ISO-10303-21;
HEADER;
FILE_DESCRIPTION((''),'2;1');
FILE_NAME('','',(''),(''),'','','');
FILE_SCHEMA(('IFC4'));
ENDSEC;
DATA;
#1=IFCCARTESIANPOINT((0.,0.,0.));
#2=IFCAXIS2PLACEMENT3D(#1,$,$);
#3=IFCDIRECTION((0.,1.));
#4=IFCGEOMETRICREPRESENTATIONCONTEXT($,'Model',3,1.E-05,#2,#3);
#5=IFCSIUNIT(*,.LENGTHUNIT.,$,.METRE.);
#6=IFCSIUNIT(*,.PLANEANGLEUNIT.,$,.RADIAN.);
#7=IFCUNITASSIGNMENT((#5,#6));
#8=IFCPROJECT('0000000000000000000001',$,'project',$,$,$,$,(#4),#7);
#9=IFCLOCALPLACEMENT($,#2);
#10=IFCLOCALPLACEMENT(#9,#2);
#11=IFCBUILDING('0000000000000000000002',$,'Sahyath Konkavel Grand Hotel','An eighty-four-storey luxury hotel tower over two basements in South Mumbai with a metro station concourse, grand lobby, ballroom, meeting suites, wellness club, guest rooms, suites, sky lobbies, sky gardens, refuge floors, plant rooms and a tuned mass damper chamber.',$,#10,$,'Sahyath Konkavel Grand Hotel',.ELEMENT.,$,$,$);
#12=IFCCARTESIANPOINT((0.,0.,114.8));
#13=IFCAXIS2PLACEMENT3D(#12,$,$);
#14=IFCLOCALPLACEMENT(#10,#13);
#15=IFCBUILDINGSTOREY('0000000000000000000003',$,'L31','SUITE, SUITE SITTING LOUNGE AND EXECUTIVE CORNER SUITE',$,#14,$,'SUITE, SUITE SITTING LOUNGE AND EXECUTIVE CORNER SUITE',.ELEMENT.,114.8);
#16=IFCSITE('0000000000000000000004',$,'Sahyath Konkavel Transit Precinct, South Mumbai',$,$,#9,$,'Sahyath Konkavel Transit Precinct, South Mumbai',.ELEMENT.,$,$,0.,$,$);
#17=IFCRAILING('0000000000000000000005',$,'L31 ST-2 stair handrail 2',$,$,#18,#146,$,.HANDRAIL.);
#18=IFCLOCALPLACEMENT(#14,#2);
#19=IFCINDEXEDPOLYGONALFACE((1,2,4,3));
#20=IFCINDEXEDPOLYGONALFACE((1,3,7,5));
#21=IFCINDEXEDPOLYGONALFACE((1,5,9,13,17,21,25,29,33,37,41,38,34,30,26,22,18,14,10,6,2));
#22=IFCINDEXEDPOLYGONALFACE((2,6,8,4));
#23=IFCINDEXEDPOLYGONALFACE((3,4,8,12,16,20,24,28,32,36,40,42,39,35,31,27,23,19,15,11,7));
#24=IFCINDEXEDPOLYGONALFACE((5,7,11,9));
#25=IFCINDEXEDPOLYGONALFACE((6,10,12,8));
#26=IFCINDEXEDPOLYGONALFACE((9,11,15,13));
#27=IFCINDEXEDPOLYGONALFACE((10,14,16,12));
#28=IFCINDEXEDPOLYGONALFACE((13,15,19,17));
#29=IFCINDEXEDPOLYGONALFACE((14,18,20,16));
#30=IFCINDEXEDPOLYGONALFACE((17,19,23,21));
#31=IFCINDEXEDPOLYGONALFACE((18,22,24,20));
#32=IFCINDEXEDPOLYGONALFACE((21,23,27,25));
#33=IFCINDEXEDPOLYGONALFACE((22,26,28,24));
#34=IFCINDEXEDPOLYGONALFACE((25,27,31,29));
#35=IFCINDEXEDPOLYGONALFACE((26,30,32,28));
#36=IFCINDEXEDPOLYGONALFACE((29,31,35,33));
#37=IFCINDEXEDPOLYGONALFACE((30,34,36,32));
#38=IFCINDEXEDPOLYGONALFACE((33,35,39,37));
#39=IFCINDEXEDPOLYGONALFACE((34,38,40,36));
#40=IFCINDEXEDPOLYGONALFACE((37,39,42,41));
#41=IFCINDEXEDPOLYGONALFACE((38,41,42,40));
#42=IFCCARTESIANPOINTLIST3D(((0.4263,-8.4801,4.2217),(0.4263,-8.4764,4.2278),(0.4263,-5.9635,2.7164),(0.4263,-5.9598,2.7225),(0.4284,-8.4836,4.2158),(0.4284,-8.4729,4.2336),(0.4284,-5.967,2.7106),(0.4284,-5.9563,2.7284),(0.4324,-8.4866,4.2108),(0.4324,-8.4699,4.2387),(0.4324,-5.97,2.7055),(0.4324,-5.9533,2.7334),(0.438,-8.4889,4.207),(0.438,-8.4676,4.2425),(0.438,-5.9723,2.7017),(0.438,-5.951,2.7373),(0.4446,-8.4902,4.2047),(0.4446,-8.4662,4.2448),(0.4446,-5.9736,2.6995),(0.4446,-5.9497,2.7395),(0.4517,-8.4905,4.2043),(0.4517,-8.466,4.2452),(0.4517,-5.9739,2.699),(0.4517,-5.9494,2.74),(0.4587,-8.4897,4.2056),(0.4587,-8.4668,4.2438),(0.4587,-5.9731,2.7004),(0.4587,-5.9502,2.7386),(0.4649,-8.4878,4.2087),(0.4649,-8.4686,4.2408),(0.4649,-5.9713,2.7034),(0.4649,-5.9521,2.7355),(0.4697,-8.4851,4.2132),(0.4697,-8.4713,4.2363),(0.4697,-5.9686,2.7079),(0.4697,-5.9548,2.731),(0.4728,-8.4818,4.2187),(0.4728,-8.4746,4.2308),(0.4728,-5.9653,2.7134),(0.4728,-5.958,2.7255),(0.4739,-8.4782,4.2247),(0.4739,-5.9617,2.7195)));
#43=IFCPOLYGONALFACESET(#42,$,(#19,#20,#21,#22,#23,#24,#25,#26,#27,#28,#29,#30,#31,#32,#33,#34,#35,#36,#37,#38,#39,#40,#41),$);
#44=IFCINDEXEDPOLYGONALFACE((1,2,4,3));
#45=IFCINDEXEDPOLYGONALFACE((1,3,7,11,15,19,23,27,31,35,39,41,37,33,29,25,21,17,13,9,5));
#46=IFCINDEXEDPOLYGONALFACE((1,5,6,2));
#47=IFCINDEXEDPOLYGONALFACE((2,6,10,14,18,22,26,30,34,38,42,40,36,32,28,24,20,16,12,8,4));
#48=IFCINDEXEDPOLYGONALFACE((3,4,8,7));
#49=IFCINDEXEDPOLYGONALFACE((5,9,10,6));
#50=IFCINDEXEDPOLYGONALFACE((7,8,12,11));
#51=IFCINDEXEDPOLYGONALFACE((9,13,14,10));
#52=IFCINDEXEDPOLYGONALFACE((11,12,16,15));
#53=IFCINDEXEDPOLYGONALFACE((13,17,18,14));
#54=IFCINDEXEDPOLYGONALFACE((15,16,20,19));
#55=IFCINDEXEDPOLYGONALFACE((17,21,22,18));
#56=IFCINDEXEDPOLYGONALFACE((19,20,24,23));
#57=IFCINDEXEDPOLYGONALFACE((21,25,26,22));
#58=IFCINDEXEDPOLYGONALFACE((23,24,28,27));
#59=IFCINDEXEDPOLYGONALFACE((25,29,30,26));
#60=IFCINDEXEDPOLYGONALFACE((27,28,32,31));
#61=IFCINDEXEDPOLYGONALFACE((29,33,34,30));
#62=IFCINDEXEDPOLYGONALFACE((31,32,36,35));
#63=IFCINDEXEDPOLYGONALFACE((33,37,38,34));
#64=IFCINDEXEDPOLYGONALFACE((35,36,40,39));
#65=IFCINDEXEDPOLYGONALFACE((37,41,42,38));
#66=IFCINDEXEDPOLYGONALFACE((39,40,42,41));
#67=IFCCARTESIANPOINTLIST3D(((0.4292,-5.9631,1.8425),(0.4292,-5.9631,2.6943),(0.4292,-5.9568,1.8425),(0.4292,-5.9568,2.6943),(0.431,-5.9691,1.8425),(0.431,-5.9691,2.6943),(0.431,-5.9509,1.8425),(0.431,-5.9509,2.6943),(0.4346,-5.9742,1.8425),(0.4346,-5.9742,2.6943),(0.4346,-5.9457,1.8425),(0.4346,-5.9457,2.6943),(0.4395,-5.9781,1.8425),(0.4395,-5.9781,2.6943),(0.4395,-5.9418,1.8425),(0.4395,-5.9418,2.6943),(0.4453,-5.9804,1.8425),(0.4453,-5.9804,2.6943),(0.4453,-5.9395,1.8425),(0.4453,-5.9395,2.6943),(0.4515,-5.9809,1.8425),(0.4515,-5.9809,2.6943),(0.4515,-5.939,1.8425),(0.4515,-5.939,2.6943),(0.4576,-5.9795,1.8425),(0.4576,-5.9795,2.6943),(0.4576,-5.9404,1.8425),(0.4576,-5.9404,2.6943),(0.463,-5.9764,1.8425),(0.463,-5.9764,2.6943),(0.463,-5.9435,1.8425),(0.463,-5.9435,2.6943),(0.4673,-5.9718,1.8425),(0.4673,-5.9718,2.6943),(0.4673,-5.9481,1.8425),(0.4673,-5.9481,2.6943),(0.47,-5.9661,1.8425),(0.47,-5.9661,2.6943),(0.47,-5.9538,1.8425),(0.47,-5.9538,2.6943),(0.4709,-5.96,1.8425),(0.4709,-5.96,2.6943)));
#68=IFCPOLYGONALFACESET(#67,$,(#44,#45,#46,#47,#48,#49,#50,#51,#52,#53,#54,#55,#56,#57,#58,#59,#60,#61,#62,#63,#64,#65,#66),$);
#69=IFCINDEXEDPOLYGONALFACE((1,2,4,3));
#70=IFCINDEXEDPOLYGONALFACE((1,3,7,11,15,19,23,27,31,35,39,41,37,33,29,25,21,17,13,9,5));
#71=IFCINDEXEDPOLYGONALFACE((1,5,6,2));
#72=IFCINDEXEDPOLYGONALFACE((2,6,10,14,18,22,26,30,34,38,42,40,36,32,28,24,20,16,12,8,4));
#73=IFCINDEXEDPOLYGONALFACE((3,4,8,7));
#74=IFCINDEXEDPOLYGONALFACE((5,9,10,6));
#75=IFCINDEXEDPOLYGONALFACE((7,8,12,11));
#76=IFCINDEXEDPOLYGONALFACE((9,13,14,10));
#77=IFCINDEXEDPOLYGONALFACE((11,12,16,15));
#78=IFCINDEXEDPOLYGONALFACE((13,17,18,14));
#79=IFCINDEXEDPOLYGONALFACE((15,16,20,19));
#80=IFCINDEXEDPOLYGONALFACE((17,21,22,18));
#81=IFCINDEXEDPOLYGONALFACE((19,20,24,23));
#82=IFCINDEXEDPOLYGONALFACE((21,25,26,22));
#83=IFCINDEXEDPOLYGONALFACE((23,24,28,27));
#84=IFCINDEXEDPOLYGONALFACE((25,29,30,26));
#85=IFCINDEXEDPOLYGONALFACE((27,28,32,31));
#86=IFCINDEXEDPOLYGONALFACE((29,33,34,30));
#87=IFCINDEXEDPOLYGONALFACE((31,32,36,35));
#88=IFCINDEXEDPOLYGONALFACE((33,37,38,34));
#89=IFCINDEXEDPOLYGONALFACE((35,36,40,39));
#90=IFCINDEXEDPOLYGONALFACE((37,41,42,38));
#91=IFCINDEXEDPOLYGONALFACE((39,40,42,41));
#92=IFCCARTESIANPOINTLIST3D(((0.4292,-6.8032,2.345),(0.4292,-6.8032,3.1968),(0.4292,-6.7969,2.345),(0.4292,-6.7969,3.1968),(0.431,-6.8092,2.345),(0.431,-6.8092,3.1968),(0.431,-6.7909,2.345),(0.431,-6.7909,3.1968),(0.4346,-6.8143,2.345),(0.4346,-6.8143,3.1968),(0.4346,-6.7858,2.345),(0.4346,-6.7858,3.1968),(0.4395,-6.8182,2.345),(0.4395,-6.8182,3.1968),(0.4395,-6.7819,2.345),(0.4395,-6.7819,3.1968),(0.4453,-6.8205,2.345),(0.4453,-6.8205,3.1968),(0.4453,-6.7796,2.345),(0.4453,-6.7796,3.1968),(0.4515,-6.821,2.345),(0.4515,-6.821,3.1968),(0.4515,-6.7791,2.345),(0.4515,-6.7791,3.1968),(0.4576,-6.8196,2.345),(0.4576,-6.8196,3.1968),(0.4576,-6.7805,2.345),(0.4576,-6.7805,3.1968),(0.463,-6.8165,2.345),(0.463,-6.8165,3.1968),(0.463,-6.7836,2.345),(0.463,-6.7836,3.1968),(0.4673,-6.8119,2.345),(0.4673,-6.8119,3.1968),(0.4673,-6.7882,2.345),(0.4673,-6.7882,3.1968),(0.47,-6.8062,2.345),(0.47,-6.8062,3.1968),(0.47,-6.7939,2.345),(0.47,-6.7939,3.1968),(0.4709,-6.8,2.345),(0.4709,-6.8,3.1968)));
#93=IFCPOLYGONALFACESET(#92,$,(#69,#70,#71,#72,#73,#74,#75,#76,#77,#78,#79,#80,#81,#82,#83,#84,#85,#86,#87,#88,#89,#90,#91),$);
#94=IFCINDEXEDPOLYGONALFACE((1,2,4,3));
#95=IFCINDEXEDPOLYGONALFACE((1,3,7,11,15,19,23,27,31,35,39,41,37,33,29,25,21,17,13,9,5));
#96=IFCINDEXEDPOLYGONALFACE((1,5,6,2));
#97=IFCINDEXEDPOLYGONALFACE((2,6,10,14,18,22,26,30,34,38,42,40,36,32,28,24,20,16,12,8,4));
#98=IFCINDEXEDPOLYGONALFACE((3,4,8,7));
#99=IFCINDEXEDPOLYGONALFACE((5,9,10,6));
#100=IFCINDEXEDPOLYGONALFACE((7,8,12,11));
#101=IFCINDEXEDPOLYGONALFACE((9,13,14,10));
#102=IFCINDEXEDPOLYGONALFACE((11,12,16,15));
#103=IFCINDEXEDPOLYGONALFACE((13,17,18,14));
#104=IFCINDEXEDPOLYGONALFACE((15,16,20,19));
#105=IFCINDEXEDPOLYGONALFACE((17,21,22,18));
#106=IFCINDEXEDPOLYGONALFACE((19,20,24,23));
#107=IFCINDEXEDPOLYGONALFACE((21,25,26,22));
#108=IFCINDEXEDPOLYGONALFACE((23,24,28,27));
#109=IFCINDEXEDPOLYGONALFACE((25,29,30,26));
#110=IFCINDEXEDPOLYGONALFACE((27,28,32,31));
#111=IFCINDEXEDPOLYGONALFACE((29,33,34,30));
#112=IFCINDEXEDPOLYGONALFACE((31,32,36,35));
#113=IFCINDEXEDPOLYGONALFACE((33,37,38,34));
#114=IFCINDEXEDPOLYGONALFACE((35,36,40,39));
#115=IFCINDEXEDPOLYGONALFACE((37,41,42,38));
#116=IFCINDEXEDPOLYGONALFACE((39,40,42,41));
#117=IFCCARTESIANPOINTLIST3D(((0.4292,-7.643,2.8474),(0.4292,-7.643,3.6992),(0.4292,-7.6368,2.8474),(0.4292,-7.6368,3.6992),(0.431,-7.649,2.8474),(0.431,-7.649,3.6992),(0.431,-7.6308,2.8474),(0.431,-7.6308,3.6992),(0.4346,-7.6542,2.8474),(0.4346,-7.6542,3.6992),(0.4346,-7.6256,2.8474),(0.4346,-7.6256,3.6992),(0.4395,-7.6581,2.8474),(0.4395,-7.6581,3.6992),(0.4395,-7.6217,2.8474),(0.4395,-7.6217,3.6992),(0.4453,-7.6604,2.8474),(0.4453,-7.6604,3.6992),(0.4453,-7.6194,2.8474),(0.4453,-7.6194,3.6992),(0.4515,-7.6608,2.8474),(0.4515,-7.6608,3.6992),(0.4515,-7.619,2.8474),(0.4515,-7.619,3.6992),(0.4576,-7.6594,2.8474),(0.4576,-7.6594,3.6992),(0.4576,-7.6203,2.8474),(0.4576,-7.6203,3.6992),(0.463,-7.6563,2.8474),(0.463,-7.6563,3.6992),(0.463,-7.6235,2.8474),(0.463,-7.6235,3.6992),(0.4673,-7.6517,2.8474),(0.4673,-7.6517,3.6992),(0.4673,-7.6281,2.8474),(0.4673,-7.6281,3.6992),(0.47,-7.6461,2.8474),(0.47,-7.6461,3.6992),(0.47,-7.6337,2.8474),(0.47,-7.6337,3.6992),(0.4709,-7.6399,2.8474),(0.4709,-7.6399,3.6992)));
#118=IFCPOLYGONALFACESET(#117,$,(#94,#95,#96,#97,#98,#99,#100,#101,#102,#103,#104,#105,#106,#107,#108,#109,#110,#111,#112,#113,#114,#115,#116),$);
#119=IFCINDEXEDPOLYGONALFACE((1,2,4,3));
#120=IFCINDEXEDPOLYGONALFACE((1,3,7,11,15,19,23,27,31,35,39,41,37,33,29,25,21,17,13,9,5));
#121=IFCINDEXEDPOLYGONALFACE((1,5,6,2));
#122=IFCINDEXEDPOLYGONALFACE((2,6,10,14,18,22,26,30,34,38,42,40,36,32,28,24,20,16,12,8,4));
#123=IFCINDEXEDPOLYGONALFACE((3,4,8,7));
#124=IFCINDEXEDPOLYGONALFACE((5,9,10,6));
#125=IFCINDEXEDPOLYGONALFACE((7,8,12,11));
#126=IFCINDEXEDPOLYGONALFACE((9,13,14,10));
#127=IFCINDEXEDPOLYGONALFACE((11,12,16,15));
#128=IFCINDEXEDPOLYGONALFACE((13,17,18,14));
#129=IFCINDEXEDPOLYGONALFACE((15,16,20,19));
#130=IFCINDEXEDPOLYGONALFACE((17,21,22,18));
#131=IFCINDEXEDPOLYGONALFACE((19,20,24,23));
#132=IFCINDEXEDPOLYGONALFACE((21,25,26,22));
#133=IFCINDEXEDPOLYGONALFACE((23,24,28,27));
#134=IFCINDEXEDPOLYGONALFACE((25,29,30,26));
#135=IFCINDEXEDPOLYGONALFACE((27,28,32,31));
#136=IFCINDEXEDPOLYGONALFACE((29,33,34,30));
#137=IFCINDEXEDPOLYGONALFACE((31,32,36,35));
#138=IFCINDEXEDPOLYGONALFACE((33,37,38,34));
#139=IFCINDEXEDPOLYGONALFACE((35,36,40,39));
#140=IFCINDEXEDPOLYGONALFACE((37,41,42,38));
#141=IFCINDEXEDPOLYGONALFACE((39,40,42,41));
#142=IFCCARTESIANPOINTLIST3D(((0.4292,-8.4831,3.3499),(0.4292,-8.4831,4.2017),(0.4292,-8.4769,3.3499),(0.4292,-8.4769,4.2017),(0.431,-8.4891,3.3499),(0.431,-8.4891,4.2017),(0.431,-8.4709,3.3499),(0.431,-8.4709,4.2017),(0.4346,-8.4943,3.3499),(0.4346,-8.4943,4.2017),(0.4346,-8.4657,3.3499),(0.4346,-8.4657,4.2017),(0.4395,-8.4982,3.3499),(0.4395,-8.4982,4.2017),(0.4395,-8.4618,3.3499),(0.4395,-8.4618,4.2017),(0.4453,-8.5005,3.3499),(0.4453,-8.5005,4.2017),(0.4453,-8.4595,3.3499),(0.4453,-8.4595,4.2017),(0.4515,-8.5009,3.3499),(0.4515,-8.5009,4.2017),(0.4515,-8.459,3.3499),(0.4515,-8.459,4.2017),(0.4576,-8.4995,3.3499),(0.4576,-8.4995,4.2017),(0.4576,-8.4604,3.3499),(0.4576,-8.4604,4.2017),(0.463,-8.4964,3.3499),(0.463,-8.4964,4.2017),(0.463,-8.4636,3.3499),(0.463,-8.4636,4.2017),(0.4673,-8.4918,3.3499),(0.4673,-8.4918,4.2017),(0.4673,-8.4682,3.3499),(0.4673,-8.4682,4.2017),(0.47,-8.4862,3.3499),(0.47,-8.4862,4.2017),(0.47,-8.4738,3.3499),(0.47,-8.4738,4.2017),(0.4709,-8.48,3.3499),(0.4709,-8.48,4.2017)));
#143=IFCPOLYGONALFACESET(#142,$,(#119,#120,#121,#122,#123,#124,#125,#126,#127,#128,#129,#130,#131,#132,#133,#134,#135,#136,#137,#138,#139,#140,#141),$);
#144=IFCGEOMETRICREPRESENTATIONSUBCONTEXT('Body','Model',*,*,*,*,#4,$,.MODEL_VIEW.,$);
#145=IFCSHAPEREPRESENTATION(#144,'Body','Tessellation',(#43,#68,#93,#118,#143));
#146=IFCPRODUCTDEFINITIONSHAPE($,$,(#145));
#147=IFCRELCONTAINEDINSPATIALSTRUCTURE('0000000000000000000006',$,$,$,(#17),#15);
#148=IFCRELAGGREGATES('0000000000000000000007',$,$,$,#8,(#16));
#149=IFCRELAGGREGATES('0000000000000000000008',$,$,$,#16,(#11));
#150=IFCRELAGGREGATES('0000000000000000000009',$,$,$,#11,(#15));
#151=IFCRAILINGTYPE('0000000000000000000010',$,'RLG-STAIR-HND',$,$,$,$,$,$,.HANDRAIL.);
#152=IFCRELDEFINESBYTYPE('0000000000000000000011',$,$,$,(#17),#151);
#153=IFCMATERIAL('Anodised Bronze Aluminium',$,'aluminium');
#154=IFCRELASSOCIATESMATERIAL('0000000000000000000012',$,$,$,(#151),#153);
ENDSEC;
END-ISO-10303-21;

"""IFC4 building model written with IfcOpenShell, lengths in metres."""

from ifc_helpers import new_model, si_unit, direction, frame, origin, origin_2d, place, context, subcontext, project, spatial, circle, extrude, material, type_object, element, save


model = new_model("IFC4")

# Units and contexts
model_context = context("Model", 3, precision=1e-05, world=origin(), true_north=direction((0.0, 1.0)))
body_context = subcontext(model_context, "Body", "Model", "MODEL_VIEW")
ifc_project = project(units=[si_unit("LENGTHUNIT", "METRE"), si_unit("PLANEANGLEUNIT", "RADIAN")], contexts=[model_context])

# Site, building, storey
site_placement = place(None, origin())
site = spatial("IfcSite", under=ifc_project, at=site_placement, Name="Sahyath Konkavel Transit Precinct, South Mumbai", LongName="Sahyath Konkavel Transit Precinct, South Mumbai", CompositionType="ELEMENT", RefElevation=0.0)
building_placement = place(site_placement, origin())
building = spatial("IfcBuilding", under=site, at=building_placement, Name="Sahyath Konkavel Grand Hotel", Description="An eighty-four-storey luxury hotel tower over two basements in South Mumbai with a metro station concourse, grand lobby, ballroom, meeting suites, wellness club, guest rooms, suites, sky lobbies, sky gardens, refuge floors, plant rooms and a tuned mass damper chamber.", LongName="Sahyath Konkavel Grand Hotel", CompositionType="ELEMENT")
storey_placement = place(building_placement, frame((0.0, 0.0, 114.8)))
storey = spatial("IfcBuildingStorey", under=building, at=storey_placement, Name="L31", Description="SUITE, SUITE SITTING LOUNGE AND EXECUTIVE CORNER SUITE", LongName="SUITE, SUITE SITTING LOUNGE AND EXECUTIVE CORNER SUITE", CompositionType="ELEMENT", Elevation=114.8)

# Shared definitions
ifc_material_1 = material(Name="Anodised Bronze Aluminium", Category="aluminium")

# Railing
railing_type_1 = type_object("IfcRailingType", Name="RLG-STAIR-HND", PredefinedType="HANDRAIL", material=ifc_material_1)
railing_1_placement = place(storey_placement, frame((0.45, -5.96, 1.8425)))
element("IfcRailing", 1, at=railing_1_placement, inside=storey, type_object=railing_type_1, Name="L31 ST-2 stair handrail 2", PredefinedType="HANDRAIL", context=body_context, shape_type="SweptSolid", body=[
    extrude(circle(Radius=0.0239, at=origin_2d()), frame((0.0, -0.0017, 0.877), z_axis=(0.0, -0.858196, 0.513321), x_axis=(1.0, 0.0, 0.0)), (0.0, 0.0, 1.0), 2.9324),
    extrude(circle(Radius=0.021, at=origin_2d()), origin(), (0.0, 0.0, 1.0), 0.8518),
    extrude(circle(Radius=0.021, at=origin_2d()), frame((0.0, -0.8401, 0.5024)), (0.0, 0.0, 1.0), 0.8518),
    extrude(circle(Radius=0.021, at=origin_2d()), frame((0.0, -1.6799, 1.0049)), (0.0, 0.0, 1.0), 0.8518),
    extrude(circle(Radius=0.021, at=origin_2d()), frame((0.0, -2.52, 1.5073)), (0.0, 0.0, 1.0), 0.8518),
])

save(model, "model.ifc")
